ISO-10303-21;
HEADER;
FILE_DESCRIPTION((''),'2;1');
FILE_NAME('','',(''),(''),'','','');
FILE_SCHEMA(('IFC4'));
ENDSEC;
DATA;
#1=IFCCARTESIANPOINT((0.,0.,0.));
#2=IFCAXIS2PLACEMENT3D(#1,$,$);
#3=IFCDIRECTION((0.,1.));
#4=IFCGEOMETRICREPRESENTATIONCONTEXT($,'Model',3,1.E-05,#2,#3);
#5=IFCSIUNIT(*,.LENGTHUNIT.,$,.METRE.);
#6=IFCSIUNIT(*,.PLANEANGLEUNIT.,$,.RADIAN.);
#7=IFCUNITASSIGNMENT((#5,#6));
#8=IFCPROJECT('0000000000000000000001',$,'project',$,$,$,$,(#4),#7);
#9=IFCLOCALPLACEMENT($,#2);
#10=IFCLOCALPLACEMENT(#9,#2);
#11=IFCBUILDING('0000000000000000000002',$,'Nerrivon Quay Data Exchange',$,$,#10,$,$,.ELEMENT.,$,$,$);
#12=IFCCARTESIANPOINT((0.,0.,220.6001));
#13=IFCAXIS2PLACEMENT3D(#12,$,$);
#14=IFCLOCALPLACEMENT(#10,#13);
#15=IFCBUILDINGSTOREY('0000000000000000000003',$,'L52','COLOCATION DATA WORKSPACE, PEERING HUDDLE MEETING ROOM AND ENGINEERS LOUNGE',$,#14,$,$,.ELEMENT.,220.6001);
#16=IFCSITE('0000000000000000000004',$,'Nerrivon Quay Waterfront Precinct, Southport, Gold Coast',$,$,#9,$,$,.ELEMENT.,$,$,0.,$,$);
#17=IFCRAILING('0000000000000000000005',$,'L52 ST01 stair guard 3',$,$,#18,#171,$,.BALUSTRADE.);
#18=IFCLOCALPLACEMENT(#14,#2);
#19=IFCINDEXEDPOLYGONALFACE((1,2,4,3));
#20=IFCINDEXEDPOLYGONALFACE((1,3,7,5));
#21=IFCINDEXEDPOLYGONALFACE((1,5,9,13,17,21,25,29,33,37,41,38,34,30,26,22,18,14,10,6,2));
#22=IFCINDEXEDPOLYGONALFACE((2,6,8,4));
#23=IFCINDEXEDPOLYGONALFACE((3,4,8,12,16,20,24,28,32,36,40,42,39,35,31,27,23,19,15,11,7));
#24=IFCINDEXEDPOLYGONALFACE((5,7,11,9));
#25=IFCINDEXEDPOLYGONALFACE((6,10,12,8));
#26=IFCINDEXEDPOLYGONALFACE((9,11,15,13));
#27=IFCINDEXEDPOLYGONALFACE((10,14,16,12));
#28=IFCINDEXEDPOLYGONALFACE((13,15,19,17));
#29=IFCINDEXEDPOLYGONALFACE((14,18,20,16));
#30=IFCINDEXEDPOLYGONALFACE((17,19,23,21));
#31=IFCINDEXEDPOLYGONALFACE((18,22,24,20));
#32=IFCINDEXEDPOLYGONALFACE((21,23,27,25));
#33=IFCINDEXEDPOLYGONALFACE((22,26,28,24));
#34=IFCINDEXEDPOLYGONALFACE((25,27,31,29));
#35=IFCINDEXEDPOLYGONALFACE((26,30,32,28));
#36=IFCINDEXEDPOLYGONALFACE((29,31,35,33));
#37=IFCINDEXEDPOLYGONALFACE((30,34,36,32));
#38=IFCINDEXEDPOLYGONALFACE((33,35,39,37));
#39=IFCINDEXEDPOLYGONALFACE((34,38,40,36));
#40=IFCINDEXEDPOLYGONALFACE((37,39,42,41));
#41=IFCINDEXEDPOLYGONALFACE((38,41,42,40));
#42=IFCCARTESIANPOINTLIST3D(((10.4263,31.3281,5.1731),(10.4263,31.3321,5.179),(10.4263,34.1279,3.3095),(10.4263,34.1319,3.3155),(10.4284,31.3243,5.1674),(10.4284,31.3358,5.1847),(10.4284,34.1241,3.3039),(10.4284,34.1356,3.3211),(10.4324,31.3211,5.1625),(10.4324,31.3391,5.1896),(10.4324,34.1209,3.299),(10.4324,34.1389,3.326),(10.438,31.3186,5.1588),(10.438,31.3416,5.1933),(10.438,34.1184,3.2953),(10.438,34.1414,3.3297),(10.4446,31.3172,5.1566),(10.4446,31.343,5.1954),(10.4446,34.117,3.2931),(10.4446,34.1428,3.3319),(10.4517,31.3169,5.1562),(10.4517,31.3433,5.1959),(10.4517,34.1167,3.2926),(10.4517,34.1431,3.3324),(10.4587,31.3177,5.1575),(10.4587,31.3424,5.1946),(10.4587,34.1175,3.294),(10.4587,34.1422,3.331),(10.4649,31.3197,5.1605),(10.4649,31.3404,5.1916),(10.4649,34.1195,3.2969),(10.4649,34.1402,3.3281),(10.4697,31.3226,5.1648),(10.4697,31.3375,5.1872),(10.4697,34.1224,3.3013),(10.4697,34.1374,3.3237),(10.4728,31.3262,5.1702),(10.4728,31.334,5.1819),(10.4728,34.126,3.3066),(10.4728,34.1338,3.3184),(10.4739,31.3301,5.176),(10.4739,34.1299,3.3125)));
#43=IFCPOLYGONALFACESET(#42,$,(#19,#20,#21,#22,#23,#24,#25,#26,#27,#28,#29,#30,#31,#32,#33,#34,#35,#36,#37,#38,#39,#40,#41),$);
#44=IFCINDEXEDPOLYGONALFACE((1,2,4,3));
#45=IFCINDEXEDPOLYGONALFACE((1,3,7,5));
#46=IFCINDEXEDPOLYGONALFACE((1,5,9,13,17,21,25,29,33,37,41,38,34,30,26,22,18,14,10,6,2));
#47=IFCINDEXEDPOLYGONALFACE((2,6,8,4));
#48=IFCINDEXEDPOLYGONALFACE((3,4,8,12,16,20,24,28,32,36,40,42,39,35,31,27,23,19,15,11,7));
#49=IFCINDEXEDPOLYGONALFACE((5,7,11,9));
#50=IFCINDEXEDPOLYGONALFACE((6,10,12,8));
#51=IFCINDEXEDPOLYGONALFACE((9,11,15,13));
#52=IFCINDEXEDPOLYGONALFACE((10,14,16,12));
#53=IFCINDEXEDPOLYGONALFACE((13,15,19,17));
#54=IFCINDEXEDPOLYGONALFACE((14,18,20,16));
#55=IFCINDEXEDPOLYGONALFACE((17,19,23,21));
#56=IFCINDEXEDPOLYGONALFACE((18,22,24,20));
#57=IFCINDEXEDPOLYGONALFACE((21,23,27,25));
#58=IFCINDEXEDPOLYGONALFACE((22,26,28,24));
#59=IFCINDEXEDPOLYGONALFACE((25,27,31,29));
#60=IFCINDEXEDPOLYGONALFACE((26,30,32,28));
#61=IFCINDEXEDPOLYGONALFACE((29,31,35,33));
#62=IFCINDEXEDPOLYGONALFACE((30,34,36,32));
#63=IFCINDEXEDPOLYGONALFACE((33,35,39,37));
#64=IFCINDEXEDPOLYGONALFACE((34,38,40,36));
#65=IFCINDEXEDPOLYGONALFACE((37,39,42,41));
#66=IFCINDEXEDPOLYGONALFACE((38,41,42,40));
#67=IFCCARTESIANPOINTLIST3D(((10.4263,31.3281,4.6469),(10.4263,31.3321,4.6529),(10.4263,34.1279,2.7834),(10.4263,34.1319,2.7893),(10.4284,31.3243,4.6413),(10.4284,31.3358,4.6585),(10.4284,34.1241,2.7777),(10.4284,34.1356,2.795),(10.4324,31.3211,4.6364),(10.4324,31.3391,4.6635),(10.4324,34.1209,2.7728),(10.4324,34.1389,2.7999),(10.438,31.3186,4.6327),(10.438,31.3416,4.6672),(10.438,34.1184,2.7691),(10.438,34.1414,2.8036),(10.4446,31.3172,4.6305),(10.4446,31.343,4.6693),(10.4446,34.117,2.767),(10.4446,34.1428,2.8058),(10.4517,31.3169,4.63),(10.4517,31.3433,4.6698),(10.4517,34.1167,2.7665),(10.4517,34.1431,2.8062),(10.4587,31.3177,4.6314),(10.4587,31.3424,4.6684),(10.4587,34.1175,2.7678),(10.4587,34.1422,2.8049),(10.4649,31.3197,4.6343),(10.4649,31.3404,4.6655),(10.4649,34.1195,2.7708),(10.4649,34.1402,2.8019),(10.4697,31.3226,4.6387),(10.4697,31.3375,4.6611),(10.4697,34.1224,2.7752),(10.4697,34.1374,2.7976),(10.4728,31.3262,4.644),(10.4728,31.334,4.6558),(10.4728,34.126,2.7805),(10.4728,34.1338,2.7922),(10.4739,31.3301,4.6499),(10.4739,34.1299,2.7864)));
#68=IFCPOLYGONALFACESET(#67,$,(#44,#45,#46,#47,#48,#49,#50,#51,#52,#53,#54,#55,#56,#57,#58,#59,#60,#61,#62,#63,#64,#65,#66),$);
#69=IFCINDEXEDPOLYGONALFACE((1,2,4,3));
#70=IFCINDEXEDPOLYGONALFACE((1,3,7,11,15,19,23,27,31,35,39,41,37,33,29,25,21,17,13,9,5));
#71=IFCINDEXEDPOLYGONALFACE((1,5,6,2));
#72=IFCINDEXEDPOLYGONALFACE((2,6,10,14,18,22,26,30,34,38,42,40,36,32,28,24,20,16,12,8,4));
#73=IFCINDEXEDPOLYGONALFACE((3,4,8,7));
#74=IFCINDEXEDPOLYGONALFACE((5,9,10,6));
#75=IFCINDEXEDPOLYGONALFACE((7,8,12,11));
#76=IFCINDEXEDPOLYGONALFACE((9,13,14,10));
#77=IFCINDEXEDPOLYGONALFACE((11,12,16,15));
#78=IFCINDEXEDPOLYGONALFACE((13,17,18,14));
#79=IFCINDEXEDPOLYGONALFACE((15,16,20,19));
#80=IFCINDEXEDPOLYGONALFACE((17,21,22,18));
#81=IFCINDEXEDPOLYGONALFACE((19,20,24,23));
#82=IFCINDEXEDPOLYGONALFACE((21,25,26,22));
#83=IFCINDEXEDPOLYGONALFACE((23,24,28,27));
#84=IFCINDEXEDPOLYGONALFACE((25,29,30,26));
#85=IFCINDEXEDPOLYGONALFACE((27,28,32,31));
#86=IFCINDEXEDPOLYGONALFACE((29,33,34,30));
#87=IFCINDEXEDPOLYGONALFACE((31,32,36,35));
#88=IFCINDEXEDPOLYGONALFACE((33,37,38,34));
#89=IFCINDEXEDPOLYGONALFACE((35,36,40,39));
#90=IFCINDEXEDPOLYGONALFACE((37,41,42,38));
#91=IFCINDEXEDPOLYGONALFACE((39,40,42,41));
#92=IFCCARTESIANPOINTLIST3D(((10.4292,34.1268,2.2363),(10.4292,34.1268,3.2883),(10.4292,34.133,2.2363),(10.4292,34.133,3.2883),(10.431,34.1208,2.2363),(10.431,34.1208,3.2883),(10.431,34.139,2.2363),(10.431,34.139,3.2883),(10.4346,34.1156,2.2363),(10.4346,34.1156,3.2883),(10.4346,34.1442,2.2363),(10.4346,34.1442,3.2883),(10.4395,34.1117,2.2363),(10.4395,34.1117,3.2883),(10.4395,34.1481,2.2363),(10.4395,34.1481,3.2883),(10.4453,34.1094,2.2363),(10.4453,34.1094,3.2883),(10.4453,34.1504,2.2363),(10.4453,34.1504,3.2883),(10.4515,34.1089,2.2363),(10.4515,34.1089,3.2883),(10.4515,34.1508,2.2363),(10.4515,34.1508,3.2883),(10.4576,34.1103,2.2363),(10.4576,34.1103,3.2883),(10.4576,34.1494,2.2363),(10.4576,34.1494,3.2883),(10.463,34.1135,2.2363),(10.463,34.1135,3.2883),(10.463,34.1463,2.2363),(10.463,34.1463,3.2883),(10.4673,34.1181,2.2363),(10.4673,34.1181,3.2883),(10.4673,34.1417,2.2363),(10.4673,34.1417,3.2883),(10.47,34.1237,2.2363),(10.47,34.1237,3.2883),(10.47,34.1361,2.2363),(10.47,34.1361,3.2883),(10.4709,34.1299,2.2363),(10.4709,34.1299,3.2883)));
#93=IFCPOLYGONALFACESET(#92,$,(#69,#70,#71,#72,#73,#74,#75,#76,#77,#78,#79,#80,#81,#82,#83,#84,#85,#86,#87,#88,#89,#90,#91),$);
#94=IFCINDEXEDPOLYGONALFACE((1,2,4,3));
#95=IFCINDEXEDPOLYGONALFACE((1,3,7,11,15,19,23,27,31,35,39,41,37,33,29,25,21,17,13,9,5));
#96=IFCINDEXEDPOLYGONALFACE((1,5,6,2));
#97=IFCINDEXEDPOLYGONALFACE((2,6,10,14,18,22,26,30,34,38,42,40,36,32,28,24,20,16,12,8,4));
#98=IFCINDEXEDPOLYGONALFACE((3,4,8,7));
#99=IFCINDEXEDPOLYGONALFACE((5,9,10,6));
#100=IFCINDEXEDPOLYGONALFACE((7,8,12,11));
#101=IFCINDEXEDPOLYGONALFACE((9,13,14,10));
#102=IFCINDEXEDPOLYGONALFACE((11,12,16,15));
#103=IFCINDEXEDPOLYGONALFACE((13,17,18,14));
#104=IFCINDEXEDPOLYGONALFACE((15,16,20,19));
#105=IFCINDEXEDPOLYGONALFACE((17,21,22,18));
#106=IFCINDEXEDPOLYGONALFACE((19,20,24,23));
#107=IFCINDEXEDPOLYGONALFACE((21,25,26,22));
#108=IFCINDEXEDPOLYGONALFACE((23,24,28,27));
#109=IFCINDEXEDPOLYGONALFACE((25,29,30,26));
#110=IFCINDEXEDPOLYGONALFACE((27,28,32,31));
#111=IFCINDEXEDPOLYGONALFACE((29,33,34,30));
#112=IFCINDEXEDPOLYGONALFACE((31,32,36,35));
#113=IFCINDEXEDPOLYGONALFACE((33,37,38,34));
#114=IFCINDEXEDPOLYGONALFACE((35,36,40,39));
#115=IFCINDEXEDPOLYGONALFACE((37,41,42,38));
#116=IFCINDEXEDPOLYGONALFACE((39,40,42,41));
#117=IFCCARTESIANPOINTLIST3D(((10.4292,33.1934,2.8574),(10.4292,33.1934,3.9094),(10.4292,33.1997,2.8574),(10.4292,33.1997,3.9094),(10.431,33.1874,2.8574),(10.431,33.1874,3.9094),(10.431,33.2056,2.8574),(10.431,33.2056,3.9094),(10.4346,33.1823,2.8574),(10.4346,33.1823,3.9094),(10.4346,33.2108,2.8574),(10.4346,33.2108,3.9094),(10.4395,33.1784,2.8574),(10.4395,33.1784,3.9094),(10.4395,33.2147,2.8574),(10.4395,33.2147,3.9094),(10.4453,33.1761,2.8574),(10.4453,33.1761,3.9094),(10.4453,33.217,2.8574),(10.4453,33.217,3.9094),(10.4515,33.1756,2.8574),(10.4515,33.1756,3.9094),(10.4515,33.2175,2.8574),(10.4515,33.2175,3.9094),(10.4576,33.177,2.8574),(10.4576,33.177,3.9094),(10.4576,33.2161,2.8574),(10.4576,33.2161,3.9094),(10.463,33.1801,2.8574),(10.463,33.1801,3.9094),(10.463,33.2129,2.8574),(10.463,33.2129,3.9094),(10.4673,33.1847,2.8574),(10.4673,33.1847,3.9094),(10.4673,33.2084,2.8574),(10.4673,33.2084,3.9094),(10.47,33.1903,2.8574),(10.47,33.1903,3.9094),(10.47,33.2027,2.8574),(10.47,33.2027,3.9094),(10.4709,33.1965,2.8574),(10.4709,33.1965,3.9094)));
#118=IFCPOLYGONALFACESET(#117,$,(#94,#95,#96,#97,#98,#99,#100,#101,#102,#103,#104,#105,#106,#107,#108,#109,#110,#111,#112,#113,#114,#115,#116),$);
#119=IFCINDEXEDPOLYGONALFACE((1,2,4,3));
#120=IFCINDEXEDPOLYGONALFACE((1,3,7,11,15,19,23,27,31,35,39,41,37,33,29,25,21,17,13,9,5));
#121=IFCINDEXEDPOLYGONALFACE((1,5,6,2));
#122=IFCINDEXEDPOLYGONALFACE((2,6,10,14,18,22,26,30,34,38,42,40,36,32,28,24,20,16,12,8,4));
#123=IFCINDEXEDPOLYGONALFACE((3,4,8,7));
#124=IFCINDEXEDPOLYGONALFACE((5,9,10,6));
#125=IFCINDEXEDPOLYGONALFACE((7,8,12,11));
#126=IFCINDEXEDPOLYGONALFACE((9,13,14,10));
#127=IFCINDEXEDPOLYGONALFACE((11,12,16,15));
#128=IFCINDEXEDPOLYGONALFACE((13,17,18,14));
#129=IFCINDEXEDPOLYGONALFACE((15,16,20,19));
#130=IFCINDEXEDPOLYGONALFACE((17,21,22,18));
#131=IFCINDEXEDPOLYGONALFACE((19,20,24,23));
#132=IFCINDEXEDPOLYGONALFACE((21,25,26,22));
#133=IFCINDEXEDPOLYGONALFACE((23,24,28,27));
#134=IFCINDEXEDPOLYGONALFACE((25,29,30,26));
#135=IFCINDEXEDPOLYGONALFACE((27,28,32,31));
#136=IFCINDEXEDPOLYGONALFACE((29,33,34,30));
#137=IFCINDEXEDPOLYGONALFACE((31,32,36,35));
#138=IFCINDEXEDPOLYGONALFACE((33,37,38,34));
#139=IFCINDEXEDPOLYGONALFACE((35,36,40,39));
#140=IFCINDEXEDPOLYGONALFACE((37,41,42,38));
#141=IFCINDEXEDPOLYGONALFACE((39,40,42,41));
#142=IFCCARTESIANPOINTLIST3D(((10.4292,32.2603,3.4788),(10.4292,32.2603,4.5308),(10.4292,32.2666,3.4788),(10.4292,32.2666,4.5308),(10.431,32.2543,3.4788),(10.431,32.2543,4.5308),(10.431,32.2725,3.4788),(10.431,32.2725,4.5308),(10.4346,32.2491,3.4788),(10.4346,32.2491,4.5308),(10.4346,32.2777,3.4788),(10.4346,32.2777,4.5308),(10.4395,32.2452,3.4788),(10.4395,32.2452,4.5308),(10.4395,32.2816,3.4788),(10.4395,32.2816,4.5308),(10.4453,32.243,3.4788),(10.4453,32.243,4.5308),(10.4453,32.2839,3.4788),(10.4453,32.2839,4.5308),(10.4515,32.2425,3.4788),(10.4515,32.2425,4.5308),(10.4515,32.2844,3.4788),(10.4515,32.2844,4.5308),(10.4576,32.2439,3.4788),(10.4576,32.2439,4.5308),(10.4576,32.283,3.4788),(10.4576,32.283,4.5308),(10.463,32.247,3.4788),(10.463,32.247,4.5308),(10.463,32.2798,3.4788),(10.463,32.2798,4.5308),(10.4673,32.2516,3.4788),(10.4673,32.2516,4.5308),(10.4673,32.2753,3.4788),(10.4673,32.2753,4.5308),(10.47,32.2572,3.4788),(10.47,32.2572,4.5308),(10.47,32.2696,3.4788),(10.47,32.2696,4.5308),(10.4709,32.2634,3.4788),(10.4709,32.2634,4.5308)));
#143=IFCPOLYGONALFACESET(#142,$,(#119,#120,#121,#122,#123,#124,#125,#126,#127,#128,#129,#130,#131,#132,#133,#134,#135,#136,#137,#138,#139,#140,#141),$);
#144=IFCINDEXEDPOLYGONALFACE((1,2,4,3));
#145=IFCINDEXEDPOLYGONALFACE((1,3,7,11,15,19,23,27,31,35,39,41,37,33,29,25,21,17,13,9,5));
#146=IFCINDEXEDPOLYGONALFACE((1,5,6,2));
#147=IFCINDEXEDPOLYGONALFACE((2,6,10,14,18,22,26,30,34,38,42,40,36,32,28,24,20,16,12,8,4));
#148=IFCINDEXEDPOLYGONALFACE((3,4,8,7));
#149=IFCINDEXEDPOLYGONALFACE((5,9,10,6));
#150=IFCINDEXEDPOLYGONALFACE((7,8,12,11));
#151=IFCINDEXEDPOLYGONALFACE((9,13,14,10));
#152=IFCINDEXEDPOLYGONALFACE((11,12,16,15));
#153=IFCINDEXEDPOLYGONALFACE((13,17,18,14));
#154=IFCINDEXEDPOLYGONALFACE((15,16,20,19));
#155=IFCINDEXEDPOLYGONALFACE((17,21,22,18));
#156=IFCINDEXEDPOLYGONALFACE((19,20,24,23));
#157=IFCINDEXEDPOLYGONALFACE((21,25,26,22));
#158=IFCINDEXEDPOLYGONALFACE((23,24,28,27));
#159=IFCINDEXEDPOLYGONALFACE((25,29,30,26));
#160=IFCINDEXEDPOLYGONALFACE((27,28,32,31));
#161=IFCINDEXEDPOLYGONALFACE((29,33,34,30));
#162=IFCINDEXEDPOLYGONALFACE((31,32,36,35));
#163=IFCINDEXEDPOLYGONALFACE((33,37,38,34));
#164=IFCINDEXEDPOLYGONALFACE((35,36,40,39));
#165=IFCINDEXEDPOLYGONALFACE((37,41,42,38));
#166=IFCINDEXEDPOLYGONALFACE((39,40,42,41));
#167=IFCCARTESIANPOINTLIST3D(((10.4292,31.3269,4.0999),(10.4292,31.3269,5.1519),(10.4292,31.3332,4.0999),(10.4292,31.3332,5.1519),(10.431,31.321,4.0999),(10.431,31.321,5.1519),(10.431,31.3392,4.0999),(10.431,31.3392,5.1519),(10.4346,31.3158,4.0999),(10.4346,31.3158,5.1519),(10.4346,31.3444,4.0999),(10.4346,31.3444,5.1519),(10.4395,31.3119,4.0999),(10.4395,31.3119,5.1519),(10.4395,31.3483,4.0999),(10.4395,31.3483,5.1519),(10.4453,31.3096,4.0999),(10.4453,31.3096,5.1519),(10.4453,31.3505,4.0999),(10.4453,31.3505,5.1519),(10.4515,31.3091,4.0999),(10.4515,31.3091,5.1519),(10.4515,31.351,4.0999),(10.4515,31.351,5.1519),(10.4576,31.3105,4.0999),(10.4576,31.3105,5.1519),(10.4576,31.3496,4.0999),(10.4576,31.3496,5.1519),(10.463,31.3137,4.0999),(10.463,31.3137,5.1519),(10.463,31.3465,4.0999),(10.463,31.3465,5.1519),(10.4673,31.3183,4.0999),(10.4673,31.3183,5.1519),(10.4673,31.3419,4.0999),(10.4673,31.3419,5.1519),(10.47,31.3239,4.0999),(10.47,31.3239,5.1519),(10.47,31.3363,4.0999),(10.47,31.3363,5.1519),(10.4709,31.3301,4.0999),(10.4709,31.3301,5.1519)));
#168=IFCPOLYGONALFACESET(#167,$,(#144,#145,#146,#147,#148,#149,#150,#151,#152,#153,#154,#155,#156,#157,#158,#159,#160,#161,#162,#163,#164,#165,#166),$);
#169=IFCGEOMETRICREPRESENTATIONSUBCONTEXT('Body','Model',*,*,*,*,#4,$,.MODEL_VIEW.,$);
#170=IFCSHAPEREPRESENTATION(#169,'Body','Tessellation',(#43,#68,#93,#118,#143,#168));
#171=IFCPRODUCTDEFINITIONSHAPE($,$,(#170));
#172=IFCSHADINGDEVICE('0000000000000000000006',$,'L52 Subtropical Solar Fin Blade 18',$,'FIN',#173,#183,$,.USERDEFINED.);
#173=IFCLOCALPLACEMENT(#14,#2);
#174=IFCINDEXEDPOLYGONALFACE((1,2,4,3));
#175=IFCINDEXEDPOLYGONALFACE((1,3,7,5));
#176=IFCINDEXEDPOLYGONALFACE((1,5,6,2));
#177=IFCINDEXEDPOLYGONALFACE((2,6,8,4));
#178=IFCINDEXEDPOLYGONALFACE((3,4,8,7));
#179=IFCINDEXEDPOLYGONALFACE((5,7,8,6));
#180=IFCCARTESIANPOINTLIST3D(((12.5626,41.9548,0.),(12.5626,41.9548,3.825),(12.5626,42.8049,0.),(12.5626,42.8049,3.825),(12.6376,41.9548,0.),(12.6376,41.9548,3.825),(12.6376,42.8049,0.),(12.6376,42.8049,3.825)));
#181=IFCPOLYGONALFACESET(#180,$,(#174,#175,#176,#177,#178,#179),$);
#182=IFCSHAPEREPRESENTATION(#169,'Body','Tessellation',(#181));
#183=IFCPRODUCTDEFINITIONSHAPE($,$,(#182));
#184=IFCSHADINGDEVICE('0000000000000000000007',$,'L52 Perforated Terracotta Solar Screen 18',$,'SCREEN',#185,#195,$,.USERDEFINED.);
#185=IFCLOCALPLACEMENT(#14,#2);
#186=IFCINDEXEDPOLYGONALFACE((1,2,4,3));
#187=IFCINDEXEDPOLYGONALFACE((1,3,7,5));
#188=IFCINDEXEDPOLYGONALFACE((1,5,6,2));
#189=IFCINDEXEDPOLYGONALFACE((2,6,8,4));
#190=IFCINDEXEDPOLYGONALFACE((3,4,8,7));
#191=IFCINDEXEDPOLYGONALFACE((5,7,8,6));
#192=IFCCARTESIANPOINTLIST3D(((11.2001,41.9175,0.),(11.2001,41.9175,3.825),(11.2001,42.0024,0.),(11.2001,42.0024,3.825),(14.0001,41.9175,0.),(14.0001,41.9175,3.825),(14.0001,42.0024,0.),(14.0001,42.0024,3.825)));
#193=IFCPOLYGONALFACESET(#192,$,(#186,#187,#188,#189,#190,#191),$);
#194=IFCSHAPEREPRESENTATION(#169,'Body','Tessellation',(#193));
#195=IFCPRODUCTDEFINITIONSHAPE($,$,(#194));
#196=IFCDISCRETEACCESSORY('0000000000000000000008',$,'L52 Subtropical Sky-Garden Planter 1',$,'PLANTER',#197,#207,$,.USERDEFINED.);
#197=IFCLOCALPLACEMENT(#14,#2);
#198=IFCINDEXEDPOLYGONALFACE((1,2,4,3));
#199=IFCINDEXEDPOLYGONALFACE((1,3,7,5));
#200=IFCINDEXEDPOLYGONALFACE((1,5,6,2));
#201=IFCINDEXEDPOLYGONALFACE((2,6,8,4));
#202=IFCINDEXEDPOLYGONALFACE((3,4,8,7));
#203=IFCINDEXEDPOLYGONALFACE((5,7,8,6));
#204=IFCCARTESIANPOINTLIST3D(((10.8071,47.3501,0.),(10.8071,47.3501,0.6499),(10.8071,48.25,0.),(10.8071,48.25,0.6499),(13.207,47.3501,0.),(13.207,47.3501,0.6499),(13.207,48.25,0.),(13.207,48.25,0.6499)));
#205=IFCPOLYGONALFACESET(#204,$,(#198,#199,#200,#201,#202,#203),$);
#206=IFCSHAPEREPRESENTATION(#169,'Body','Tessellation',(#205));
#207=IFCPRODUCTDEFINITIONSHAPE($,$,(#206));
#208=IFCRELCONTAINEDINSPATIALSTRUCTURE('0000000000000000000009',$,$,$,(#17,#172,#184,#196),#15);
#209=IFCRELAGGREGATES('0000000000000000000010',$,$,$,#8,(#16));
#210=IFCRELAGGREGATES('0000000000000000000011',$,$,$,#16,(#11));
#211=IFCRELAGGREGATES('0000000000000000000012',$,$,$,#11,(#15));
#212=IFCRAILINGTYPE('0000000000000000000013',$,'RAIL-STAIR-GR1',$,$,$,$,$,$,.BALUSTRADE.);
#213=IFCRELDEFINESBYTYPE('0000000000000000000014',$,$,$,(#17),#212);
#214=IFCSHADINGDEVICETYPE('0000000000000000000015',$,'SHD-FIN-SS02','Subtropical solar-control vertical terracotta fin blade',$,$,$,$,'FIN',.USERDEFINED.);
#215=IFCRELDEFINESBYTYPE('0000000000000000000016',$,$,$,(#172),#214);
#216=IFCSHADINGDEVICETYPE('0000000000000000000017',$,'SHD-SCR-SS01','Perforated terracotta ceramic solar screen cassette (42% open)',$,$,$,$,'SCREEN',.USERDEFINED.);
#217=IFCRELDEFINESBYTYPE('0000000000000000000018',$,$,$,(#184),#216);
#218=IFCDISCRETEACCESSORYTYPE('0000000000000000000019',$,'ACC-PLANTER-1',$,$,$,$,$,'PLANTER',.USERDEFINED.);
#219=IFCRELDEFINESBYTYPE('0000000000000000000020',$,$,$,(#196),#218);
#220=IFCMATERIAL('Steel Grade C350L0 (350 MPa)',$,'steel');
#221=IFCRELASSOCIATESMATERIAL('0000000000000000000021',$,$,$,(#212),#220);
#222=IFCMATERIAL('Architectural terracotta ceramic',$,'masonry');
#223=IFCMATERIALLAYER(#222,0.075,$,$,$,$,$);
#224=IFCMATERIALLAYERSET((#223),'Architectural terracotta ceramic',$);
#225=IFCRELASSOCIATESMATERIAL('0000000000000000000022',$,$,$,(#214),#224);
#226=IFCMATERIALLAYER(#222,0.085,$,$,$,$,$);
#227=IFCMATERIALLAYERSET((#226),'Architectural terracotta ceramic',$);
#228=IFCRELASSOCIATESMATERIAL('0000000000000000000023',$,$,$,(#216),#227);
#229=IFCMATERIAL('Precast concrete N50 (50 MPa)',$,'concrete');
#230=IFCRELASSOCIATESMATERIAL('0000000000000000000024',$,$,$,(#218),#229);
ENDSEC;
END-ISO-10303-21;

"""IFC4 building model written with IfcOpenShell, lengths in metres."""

from ifc_helpers import new_model, si_unit, direction, frame, origin, origin_2d, place, context, subcontext, project, spatial, rectangle, circle, extrude, material, layer, layer_set, type_object, element, save


model = new_model("IFC4")

# Units and contexts
model_context = context("Model", 3, precision=1e-05, world=origin(), true_north=direction((0.0, 1.0)))
body_context = subcontext(model_context, "Body", "Model", "MODEL_VIEW")
ifc_project = project(units=[si_unit("LENGTHUNIT", "METRE"), si_unit("PLANEANGLEUNIT", "RADIAN")], contexts=[model_context])

# Site, building, storey
site_placement = place(None, origin())
site = spatial("IfcSite", under=ifc_project, at=site_placement, Name="Nerrivon Quay Waterfront Precinct, Southport, Gold Coast", CompositionType="ELEMENT", RefElevation=0.0)
building_placement = place(site_placement, origin())
building = spatial("IfcBuilding", under=site, at=building_placement, Name="Nerrivon Quay Data Exchange", CompositionType="ELEMENT")
storey_placement = place(building_placement, frame((0.0, 0.0, 220.6001)))
storey = spatial("IfcBuildingStorey", under=building, at=storey_placement, Name="L52", Description="COLOCATION DATA WORKSPACE, PEERING HUDDLE MEETING ROOM AND ENGINEERS LOUNGE", CompositionType="ELEMENT", Elevation=220.6001)

# Shared definitions
ifc_material_1 = material(Name="Steel Grade C350L0 (350 MPa)", Category="steel")

# Railing
railing_type_1 = type_object("IfcRailingType", Name="RAIL-STAIR-GR1", PredefinedType="BALUSTRADE", material=ifc_material_1)
railing_1_placement = place(storey_placement, frame((10.45, 34.1299, 2.2363)))
element("IfcRailing", 1, at=railing_1_placement, inside=storey, type_object=railing_type_1, Name="L52 ST01 stair guard 3", PredefinedType="BALUSTRADE", context=body_context, shape_type="SweptSolid", body=[
    extrude(circle(Radius=0.0239, at=origin_2d()), frame((0.0, 0.0, 1.0762), z_axis=(0.0, -0.832463, 0.55408), x_axis=(1.0, 0.0, 0.0)), (0.0, 0.0, 1.0), 3.3633),
    extrude(circle(Radius=0.0239, at=origin_2d()), frame((0.0, 0.0, 0.55), z_axis=(0.0, -0.832463, 0.55408), x_axis=(1.0, 0.0, 0.0)), (0.0, 0.0, 1.0), 3.3633),
    extrude(circle(Radius=0.021, at=origin_2d()), origin(), (0.0, 0.0, 1.0), 1.052),
    extrude(circle(Radius=0.021, at=origin_2d()), frame((0.0, -0.9333, 0.6211)), (0.0, 0.0, 1.0), 1.052),
    extrude(circle(Radius=0.021, at=origin_2d()), frame((0.0, -1.8665, 1.2424)), (0.0, 0.0, 1.0), 1.052),
    extrude(circle(Radius=0.021, at=origin_2d()), frame((0.0, -2.7998, 1.8635)), (0.0, 0.0, 1.0), 1.052),
])

# Shading devices
ifc_material_2 = material(Name="Architectural terracotta ceramic", Category="masonry")
ifc_layer_1 = layer(ifc_material_2, 0.075)
ifc_layer_set_1 = layer_set([ifc_layer_1], Name="Architectural terracotta ceramic")
shading_device_type_1 = type_object("IfcShadingDeviceType", Name="SHD-FIN-SS02", Description="Subtropical solar-control vertical terracotta fin blade", ElementType="FIN", PredefinedType="USERDEFINED", material=ifc_layer_set_1)
shading_device_1_placement = place(storey_placement, frame((12.6001, 42.3799, 0.0), z_axis=(0.0, 0.0, 1.0), x_axis=(1.0, 0.0, 0.0)))
element("IfcShadingDevice", 2, at=shading_device_1_placement, inside=storey, type_object=shading_device_type_1, Name="L52 Subtropical Solar Fin Blade 18", ObjectType="FIN", PredefinedType="USERDEFINED", context=body_context, shape_type="SweptSolid", body=[
    extrude(rectangle(XDim=0.075, YDim=0.8501, at=origin_2d()), origin(), (0.0, 0.0, 1.0), 3.825),
])
ifc_layer_2 = layer(ifc_material_2, 0.085)
ifc_layer_set_2 = layer_set([ifc_layer_2], Name="Architectural terracotta ceramic")
shading_device_type_2 = type_object("IfcShadingDeviceType", Name="SHD-SCR-SS01", Description="Perforated terracotta ceramic solar screen cassette (42% open)", ElementType="SCREEN", PredefinedType="USERDEFINED", material=ifc_layer_set_2)
shading_device_2_placement = place(storey_placement, frame((12.6001, 41.96, 0.0), z_axis=(0.0, 0.0, 1.0), x_axis=(1.0, 0.0, 0.0)))
element("IfcShadingDevice", 3, at=shading_device_2_placement, inside=storey, type_object=shading_device_type_2, Name="L52 Perforated Terracotta Solar Screen 18", ObjectType="SCREEN", PredefinedType="USERDEFINED", context=body_context, shape_type="SweptSolid", body=[
    extrude(rectangle(XDim=2.8, YDim=0.085, at=origin_2d()), origin(), (0.0, 0.0, 1.0), 3.825),
])

# Discrete accessory
ifc_material_3 = material(Name="Precast concrete N50 (50 MPa)", Category="concrete")
discrete_accessory_type = type_object("IfcDiscreteAccessoryType", Name="ACC-PLANTER-1", ElementType="PLANTER", PredefinedType="USERDEFINED", material=ifc_material_3)
discrete_accessory_placement = place(storey_placement, frame((12.0071, 47.8, 0.0), z_axis=(0.0, 0.0, 1.0), x_axis=(1.0, 0.0, 0.0)))
element("IfcDiscreteAccessory", 4, at=discrete_accessory_placement, inside=storey, type_object=discrete_accessory_type, Name="L52 Subtropical Sky-Garden Planter 1", ObjectType="PLANTER", PredefinedType="USERDEFINED", context=body_context, shape_type="SweptSolid", body=[
    extrude(rectangle(XDim=2.3999, YDim=0.8999, at=origin_2d()), origin(), (0.0, 0.0, 1.0), 0.6499),
])

save(model, "model.ifc")
